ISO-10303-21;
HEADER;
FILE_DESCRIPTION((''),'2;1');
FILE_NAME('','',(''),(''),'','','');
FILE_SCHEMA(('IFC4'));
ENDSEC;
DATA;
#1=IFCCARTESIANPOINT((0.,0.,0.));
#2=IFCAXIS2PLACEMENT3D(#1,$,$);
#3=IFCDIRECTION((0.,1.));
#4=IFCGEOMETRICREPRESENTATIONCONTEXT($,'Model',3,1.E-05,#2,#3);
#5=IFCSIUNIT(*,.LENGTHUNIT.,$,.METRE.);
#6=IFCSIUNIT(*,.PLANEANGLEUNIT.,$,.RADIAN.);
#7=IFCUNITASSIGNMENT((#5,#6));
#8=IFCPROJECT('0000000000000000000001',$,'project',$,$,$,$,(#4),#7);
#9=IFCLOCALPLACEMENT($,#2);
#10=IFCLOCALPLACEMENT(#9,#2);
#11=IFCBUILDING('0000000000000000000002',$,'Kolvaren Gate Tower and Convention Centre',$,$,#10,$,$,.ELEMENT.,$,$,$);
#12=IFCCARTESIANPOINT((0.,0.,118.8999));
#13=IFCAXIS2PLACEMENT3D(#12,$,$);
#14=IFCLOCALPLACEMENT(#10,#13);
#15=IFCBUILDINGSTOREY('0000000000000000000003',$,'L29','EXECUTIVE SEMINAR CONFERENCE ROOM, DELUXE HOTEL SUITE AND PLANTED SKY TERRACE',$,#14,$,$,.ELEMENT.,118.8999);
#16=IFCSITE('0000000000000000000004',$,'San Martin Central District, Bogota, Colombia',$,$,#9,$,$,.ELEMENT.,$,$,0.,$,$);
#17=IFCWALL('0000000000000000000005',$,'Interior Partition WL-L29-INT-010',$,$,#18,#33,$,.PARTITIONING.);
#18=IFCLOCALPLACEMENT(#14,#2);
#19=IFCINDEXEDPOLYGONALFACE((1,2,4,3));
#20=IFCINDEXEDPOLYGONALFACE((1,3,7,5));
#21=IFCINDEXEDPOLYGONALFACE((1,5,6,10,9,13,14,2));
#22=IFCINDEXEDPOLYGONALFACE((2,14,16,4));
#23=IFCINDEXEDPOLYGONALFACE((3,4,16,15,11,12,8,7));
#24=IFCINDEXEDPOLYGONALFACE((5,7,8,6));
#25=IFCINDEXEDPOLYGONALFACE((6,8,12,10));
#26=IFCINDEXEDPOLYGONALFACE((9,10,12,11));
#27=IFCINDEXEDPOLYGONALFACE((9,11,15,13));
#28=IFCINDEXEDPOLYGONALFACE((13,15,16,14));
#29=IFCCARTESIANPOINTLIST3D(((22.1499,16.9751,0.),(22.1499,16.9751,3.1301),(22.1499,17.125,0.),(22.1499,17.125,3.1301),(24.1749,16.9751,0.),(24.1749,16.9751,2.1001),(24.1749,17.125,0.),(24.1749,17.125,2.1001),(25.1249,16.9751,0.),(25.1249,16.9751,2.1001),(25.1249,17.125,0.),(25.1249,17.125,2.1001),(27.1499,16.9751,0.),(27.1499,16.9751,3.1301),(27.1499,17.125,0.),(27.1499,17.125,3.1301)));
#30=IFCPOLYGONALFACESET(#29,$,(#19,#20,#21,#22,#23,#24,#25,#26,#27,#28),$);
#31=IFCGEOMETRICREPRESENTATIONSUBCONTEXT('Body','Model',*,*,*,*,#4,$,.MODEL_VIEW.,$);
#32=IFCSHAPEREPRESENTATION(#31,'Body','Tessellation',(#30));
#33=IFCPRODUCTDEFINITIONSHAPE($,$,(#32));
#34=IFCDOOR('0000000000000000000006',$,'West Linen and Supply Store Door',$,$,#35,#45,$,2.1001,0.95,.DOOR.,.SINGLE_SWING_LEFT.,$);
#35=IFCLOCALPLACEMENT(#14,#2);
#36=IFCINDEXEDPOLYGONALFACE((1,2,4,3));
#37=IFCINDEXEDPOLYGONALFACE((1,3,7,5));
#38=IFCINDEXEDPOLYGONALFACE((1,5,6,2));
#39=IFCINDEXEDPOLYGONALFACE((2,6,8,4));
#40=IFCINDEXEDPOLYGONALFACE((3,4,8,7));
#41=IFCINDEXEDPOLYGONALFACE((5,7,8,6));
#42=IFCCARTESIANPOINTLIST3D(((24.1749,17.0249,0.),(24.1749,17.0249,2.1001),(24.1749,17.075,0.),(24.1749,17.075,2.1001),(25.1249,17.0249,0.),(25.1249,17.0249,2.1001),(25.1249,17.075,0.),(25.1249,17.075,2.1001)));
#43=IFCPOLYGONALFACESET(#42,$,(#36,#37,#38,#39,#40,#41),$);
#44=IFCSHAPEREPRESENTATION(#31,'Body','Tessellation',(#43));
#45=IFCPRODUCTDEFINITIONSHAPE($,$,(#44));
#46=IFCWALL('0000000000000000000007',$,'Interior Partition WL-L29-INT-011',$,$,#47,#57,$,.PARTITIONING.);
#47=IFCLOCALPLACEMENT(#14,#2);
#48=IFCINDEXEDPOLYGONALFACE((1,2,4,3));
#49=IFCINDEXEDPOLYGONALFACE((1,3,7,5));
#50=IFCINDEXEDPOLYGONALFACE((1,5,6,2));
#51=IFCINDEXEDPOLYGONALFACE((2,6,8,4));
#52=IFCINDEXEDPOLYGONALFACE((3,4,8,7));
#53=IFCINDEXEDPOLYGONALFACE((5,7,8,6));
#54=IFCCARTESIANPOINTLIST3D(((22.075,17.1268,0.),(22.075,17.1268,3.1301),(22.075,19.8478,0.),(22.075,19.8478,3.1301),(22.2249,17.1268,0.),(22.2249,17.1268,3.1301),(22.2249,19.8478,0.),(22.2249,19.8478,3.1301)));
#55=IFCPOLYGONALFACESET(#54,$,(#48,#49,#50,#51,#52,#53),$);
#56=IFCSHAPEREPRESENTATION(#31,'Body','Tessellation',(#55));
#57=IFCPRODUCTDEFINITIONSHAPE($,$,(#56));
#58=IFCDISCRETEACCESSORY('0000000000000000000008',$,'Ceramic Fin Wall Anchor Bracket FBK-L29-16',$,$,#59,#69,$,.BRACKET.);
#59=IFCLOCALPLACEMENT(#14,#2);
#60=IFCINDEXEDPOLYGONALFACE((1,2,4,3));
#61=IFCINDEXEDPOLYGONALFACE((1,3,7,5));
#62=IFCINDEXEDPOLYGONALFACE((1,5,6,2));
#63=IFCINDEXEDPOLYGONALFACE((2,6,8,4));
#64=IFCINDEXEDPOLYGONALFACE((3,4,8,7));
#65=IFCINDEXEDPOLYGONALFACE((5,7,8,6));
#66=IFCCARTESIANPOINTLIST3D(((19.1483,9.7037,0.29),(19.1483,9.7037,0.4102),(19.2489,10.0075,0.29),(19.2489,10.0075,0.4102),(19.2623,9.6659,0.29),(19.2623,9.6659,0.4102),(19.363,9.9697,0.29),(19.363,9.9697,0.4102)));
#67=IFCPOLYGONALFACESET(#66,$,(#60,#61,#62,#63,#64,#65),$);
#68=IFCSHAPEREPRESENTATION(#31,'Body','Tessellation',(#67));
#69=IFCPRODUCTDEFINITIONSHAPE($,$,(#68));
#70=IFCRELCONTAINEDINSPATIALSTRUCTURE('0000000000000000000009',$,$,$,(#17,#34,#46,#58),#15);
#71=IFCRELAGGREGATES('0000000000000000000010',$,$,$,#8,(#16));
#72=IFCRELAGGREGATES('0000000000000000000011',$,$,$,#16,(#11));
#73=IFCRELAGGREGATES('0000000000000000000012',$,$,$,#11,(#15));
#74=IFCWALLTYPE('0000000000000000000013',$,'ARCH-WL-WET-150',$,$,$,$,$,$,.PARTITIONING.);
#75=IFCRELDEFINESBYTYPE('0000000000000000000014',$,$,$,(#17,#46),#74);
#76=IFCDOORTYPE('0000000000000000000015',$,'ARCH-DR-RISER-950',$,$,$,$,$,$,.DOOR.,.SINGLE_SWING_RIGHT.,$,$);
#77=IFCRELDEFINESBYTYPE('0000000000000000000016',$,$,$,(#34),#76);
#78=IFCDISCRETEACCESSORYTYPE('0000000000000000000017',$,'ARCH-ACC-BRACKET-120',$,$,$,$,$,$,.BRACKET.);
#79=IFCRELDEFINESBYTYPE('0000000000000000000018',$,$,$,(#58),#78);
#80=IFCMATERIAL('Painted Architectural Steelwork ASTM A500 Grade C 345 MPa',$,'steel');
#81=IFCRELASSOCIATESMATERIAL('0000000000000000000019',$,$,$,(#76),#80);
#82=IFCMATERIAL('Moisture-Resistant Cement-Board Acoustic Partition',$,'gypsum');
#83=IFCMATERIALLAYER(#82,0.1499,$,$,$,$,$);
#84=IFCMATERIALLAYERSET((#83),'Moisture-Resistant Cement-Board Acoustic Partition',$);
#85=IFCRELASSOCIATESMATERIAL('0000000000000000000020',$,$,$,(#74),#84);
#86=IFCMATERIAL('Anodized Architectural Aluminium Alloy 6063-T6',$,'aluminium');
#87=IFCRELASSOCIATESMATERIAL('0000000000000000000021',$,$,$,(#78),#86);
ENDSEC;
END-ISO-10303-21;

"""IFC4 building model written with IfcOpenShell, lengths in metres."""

from ifc_helpers import new_model, si_unit, direction, frame, frame_2d, origin, origin_2d, place, context, subcontext, project, spatial, rectangle, extrude, material, layer, layer_set, type_object, element, fill, save


model = new_model("IFC4")

# Units and contexts
model_context = context("Model", 3, precision=1e-05, world=origin(), true_north=direction((0.0, 1.0)))
body_context = subcontext(model_context, "Body", "Model", "MODEL_VIEW")
ifc_project = project(units=[si_unit("LENGTHUNIT", "METRE"), si_unit("PLANEANGLEUNIT", "RADIAN")], contexts=[model_context])

# Site, building, storey
site_placement = place(None, origin())
site = spatial("IfcSite", under=ifc_project, at=site_placement, Name="San Martin Central District, Bogota, Colombia", CompositionType="ELEMENT", RefElevation=0.0)
building_placement = place(site_placement, origin())
building = spatial("IfcBuilding", under=site, at=building_placement, Name="Kolvaren Gate Tower and Convention Centre", CompositionType="ELEMENT")
storey_placement = place(building_placement, frame((0.0, 0.0, 118.8999)))
storey = spatial("IfcBuildingStorey", under=building, at=storey_placement, Name="L29", Description="EXECUTIVE SEMINAR CONFERENCE ROOM, DELUXE HOTEL SUITE AND PLANTED SKY TERRACE", CompositionType="ELEMENT", Elevation=118.8999)

# Shared definitions
ifc_material_1 = material(Name="Painted Architectural Steelwork ASTM A500 Grade C 345 MPa", Category="steel")
door_type_1 = type_object("IfcDoorType", Name="ARCH-DR-RISER-950", OperationType="SINGLE_SWING_RIGHT", PredefinedType="DOOR", material=ifc_material_1)

# Wall, opening, door
ifc_material_2 = material(Name="Moisture-Resistant Cement-Board Acoustic Partition", Category="gypsum")
ifc_layer_1 = layer(ifc_material_2, 0.1499)
ifc_layer_set_1 = layer_set([ifc_layer_1], Name="Moisture-Resistant Cement-Board Acoustic Partition")
wall_type_1 = type_object("IfcWallType", Name="ARCH-WL-WET-150", PredefinedType="PARTITIONING", material=ifc_layer_set_1)
wall_1_placement = place(storey_placement, frame((22.1499, 17.05, 0.0), z_axis=(0.0, 0.0, 1.0), x_axis=(1.0, 0.0, 0.0)))
wall_1 = element("IfcWall", 1, at=wall_1_placement, inside=storey, type_object=wall_type_1, Name="Interior Partition WL-L29-INT-010", PredefinedType="PARTITIONING", context=body_context, shape_type="SweptSolid", body=[
    extrude(rectangle(XDim=5.0, YDim=0.1499, at=frame_2d((2.5, 0.0))), origin(), (0.0, 0.0, 1.0), 3.1301),
])
opening_1_placement = place(wall_1_placement, frame((2.0249, 0.0, 0.0)))
opening_1 = element("IfcOpeningElement", 2, at=opening_1_placement, cuts=wall_1, PredefinedType="OPENING", context=body_context, shape_type="SweptSolid", body=[
    extrude(rectangle(XDim=0.95, YDim=2.1001, at=frame_2d((0.4751, 1.05))), frame((0.0, 0.085, 0.0), z_axis=(0.0, -1.0, 0.0), x_axis=(1.0, 0.0, 0.0)), (0.0, 0.0, 1.0), 0.1699),
])
door_1_placement = place(opening_1_placement, origin())
door_1 = element("IfcDoor", 3, at=door_1_placement, inside=storey, type_object=door_type_1, Name="West Linen and Supply Store Door", OperationType="SINGLE_SWING_LEFT", OverallHeight=2.1001, OverallWidth=0.95, PredefinedType="DOOR", context=body_context, shape_type="SweptSolid", body=[
    extrude(rectangle(XDim=0.95, YDim=2.1001, at=frame_2d((0.4751, 1.05))), frame((0.0, 0.0249, 0.0), z_axis=(0.0, -1.0, 0.0), x_axis=(1.0, 0.0, 0.0)), (0.0, 0.0, 1.0), 0.05),
])
fill(opening_1, door_1)

# Wall
wall_2_placement = place(storey_placement, frame((22.1499, 17.127, 0.0), z_axis=(0.0, 0.0, 1.0), x_axis=(0.0, 1.0, 0.0)))
element("IfcWall", 4, at=wall_2_placement, inside=storey, type_object=wall_type_1, Name="Interior Partition WL-L29-INT-011", PredefinedType="PARTITIONING", context=body_context, shape_type="SweptSolid", body=[
    extrude(rectangle(XDim=2.7209, YDim=0.1499, at=frame_2d((1.3604, 0.0))), origin(), (0.0, 0.0, 1.0), 3.1301),
])

# Discrete accessory
ifc_material_3 = material(Name="Anodized Architectural Aluminium Alloy 6063-T6", Category="aluminium")
discrete_accessory_type = type_object("IfcDiscreteAccessoryType", Name="ARCH-ACC-BRACKET-120", PredefinedType="BRACKET", material=ifc_material_3)
discrete_accessory_placement = place(storey_placement, frame((19.2556, 9.8367, 0.29), z_axis=(0.0, 0.0, 1.0), x_axis=(0.94924, -0.314552, 0.0)))
element("IfcDiscreteAccessory", 5, at=discrete_accessory_placement, inside=storey, type_object=discrete_accessory_type, Name="Ceramic Fin Wall Anchor Bracket FBK-L29-16", PredefinedType="BRACKET", context=body_context, shape_type="SweptSolid", body=[
    extrude(rectangle(XDim=0.1201, YDim=0.3201, at=origin_2d()), origin(), (0.0, 0.0, 1.0), 0.1201),
])

save(model, "model.ifc")
